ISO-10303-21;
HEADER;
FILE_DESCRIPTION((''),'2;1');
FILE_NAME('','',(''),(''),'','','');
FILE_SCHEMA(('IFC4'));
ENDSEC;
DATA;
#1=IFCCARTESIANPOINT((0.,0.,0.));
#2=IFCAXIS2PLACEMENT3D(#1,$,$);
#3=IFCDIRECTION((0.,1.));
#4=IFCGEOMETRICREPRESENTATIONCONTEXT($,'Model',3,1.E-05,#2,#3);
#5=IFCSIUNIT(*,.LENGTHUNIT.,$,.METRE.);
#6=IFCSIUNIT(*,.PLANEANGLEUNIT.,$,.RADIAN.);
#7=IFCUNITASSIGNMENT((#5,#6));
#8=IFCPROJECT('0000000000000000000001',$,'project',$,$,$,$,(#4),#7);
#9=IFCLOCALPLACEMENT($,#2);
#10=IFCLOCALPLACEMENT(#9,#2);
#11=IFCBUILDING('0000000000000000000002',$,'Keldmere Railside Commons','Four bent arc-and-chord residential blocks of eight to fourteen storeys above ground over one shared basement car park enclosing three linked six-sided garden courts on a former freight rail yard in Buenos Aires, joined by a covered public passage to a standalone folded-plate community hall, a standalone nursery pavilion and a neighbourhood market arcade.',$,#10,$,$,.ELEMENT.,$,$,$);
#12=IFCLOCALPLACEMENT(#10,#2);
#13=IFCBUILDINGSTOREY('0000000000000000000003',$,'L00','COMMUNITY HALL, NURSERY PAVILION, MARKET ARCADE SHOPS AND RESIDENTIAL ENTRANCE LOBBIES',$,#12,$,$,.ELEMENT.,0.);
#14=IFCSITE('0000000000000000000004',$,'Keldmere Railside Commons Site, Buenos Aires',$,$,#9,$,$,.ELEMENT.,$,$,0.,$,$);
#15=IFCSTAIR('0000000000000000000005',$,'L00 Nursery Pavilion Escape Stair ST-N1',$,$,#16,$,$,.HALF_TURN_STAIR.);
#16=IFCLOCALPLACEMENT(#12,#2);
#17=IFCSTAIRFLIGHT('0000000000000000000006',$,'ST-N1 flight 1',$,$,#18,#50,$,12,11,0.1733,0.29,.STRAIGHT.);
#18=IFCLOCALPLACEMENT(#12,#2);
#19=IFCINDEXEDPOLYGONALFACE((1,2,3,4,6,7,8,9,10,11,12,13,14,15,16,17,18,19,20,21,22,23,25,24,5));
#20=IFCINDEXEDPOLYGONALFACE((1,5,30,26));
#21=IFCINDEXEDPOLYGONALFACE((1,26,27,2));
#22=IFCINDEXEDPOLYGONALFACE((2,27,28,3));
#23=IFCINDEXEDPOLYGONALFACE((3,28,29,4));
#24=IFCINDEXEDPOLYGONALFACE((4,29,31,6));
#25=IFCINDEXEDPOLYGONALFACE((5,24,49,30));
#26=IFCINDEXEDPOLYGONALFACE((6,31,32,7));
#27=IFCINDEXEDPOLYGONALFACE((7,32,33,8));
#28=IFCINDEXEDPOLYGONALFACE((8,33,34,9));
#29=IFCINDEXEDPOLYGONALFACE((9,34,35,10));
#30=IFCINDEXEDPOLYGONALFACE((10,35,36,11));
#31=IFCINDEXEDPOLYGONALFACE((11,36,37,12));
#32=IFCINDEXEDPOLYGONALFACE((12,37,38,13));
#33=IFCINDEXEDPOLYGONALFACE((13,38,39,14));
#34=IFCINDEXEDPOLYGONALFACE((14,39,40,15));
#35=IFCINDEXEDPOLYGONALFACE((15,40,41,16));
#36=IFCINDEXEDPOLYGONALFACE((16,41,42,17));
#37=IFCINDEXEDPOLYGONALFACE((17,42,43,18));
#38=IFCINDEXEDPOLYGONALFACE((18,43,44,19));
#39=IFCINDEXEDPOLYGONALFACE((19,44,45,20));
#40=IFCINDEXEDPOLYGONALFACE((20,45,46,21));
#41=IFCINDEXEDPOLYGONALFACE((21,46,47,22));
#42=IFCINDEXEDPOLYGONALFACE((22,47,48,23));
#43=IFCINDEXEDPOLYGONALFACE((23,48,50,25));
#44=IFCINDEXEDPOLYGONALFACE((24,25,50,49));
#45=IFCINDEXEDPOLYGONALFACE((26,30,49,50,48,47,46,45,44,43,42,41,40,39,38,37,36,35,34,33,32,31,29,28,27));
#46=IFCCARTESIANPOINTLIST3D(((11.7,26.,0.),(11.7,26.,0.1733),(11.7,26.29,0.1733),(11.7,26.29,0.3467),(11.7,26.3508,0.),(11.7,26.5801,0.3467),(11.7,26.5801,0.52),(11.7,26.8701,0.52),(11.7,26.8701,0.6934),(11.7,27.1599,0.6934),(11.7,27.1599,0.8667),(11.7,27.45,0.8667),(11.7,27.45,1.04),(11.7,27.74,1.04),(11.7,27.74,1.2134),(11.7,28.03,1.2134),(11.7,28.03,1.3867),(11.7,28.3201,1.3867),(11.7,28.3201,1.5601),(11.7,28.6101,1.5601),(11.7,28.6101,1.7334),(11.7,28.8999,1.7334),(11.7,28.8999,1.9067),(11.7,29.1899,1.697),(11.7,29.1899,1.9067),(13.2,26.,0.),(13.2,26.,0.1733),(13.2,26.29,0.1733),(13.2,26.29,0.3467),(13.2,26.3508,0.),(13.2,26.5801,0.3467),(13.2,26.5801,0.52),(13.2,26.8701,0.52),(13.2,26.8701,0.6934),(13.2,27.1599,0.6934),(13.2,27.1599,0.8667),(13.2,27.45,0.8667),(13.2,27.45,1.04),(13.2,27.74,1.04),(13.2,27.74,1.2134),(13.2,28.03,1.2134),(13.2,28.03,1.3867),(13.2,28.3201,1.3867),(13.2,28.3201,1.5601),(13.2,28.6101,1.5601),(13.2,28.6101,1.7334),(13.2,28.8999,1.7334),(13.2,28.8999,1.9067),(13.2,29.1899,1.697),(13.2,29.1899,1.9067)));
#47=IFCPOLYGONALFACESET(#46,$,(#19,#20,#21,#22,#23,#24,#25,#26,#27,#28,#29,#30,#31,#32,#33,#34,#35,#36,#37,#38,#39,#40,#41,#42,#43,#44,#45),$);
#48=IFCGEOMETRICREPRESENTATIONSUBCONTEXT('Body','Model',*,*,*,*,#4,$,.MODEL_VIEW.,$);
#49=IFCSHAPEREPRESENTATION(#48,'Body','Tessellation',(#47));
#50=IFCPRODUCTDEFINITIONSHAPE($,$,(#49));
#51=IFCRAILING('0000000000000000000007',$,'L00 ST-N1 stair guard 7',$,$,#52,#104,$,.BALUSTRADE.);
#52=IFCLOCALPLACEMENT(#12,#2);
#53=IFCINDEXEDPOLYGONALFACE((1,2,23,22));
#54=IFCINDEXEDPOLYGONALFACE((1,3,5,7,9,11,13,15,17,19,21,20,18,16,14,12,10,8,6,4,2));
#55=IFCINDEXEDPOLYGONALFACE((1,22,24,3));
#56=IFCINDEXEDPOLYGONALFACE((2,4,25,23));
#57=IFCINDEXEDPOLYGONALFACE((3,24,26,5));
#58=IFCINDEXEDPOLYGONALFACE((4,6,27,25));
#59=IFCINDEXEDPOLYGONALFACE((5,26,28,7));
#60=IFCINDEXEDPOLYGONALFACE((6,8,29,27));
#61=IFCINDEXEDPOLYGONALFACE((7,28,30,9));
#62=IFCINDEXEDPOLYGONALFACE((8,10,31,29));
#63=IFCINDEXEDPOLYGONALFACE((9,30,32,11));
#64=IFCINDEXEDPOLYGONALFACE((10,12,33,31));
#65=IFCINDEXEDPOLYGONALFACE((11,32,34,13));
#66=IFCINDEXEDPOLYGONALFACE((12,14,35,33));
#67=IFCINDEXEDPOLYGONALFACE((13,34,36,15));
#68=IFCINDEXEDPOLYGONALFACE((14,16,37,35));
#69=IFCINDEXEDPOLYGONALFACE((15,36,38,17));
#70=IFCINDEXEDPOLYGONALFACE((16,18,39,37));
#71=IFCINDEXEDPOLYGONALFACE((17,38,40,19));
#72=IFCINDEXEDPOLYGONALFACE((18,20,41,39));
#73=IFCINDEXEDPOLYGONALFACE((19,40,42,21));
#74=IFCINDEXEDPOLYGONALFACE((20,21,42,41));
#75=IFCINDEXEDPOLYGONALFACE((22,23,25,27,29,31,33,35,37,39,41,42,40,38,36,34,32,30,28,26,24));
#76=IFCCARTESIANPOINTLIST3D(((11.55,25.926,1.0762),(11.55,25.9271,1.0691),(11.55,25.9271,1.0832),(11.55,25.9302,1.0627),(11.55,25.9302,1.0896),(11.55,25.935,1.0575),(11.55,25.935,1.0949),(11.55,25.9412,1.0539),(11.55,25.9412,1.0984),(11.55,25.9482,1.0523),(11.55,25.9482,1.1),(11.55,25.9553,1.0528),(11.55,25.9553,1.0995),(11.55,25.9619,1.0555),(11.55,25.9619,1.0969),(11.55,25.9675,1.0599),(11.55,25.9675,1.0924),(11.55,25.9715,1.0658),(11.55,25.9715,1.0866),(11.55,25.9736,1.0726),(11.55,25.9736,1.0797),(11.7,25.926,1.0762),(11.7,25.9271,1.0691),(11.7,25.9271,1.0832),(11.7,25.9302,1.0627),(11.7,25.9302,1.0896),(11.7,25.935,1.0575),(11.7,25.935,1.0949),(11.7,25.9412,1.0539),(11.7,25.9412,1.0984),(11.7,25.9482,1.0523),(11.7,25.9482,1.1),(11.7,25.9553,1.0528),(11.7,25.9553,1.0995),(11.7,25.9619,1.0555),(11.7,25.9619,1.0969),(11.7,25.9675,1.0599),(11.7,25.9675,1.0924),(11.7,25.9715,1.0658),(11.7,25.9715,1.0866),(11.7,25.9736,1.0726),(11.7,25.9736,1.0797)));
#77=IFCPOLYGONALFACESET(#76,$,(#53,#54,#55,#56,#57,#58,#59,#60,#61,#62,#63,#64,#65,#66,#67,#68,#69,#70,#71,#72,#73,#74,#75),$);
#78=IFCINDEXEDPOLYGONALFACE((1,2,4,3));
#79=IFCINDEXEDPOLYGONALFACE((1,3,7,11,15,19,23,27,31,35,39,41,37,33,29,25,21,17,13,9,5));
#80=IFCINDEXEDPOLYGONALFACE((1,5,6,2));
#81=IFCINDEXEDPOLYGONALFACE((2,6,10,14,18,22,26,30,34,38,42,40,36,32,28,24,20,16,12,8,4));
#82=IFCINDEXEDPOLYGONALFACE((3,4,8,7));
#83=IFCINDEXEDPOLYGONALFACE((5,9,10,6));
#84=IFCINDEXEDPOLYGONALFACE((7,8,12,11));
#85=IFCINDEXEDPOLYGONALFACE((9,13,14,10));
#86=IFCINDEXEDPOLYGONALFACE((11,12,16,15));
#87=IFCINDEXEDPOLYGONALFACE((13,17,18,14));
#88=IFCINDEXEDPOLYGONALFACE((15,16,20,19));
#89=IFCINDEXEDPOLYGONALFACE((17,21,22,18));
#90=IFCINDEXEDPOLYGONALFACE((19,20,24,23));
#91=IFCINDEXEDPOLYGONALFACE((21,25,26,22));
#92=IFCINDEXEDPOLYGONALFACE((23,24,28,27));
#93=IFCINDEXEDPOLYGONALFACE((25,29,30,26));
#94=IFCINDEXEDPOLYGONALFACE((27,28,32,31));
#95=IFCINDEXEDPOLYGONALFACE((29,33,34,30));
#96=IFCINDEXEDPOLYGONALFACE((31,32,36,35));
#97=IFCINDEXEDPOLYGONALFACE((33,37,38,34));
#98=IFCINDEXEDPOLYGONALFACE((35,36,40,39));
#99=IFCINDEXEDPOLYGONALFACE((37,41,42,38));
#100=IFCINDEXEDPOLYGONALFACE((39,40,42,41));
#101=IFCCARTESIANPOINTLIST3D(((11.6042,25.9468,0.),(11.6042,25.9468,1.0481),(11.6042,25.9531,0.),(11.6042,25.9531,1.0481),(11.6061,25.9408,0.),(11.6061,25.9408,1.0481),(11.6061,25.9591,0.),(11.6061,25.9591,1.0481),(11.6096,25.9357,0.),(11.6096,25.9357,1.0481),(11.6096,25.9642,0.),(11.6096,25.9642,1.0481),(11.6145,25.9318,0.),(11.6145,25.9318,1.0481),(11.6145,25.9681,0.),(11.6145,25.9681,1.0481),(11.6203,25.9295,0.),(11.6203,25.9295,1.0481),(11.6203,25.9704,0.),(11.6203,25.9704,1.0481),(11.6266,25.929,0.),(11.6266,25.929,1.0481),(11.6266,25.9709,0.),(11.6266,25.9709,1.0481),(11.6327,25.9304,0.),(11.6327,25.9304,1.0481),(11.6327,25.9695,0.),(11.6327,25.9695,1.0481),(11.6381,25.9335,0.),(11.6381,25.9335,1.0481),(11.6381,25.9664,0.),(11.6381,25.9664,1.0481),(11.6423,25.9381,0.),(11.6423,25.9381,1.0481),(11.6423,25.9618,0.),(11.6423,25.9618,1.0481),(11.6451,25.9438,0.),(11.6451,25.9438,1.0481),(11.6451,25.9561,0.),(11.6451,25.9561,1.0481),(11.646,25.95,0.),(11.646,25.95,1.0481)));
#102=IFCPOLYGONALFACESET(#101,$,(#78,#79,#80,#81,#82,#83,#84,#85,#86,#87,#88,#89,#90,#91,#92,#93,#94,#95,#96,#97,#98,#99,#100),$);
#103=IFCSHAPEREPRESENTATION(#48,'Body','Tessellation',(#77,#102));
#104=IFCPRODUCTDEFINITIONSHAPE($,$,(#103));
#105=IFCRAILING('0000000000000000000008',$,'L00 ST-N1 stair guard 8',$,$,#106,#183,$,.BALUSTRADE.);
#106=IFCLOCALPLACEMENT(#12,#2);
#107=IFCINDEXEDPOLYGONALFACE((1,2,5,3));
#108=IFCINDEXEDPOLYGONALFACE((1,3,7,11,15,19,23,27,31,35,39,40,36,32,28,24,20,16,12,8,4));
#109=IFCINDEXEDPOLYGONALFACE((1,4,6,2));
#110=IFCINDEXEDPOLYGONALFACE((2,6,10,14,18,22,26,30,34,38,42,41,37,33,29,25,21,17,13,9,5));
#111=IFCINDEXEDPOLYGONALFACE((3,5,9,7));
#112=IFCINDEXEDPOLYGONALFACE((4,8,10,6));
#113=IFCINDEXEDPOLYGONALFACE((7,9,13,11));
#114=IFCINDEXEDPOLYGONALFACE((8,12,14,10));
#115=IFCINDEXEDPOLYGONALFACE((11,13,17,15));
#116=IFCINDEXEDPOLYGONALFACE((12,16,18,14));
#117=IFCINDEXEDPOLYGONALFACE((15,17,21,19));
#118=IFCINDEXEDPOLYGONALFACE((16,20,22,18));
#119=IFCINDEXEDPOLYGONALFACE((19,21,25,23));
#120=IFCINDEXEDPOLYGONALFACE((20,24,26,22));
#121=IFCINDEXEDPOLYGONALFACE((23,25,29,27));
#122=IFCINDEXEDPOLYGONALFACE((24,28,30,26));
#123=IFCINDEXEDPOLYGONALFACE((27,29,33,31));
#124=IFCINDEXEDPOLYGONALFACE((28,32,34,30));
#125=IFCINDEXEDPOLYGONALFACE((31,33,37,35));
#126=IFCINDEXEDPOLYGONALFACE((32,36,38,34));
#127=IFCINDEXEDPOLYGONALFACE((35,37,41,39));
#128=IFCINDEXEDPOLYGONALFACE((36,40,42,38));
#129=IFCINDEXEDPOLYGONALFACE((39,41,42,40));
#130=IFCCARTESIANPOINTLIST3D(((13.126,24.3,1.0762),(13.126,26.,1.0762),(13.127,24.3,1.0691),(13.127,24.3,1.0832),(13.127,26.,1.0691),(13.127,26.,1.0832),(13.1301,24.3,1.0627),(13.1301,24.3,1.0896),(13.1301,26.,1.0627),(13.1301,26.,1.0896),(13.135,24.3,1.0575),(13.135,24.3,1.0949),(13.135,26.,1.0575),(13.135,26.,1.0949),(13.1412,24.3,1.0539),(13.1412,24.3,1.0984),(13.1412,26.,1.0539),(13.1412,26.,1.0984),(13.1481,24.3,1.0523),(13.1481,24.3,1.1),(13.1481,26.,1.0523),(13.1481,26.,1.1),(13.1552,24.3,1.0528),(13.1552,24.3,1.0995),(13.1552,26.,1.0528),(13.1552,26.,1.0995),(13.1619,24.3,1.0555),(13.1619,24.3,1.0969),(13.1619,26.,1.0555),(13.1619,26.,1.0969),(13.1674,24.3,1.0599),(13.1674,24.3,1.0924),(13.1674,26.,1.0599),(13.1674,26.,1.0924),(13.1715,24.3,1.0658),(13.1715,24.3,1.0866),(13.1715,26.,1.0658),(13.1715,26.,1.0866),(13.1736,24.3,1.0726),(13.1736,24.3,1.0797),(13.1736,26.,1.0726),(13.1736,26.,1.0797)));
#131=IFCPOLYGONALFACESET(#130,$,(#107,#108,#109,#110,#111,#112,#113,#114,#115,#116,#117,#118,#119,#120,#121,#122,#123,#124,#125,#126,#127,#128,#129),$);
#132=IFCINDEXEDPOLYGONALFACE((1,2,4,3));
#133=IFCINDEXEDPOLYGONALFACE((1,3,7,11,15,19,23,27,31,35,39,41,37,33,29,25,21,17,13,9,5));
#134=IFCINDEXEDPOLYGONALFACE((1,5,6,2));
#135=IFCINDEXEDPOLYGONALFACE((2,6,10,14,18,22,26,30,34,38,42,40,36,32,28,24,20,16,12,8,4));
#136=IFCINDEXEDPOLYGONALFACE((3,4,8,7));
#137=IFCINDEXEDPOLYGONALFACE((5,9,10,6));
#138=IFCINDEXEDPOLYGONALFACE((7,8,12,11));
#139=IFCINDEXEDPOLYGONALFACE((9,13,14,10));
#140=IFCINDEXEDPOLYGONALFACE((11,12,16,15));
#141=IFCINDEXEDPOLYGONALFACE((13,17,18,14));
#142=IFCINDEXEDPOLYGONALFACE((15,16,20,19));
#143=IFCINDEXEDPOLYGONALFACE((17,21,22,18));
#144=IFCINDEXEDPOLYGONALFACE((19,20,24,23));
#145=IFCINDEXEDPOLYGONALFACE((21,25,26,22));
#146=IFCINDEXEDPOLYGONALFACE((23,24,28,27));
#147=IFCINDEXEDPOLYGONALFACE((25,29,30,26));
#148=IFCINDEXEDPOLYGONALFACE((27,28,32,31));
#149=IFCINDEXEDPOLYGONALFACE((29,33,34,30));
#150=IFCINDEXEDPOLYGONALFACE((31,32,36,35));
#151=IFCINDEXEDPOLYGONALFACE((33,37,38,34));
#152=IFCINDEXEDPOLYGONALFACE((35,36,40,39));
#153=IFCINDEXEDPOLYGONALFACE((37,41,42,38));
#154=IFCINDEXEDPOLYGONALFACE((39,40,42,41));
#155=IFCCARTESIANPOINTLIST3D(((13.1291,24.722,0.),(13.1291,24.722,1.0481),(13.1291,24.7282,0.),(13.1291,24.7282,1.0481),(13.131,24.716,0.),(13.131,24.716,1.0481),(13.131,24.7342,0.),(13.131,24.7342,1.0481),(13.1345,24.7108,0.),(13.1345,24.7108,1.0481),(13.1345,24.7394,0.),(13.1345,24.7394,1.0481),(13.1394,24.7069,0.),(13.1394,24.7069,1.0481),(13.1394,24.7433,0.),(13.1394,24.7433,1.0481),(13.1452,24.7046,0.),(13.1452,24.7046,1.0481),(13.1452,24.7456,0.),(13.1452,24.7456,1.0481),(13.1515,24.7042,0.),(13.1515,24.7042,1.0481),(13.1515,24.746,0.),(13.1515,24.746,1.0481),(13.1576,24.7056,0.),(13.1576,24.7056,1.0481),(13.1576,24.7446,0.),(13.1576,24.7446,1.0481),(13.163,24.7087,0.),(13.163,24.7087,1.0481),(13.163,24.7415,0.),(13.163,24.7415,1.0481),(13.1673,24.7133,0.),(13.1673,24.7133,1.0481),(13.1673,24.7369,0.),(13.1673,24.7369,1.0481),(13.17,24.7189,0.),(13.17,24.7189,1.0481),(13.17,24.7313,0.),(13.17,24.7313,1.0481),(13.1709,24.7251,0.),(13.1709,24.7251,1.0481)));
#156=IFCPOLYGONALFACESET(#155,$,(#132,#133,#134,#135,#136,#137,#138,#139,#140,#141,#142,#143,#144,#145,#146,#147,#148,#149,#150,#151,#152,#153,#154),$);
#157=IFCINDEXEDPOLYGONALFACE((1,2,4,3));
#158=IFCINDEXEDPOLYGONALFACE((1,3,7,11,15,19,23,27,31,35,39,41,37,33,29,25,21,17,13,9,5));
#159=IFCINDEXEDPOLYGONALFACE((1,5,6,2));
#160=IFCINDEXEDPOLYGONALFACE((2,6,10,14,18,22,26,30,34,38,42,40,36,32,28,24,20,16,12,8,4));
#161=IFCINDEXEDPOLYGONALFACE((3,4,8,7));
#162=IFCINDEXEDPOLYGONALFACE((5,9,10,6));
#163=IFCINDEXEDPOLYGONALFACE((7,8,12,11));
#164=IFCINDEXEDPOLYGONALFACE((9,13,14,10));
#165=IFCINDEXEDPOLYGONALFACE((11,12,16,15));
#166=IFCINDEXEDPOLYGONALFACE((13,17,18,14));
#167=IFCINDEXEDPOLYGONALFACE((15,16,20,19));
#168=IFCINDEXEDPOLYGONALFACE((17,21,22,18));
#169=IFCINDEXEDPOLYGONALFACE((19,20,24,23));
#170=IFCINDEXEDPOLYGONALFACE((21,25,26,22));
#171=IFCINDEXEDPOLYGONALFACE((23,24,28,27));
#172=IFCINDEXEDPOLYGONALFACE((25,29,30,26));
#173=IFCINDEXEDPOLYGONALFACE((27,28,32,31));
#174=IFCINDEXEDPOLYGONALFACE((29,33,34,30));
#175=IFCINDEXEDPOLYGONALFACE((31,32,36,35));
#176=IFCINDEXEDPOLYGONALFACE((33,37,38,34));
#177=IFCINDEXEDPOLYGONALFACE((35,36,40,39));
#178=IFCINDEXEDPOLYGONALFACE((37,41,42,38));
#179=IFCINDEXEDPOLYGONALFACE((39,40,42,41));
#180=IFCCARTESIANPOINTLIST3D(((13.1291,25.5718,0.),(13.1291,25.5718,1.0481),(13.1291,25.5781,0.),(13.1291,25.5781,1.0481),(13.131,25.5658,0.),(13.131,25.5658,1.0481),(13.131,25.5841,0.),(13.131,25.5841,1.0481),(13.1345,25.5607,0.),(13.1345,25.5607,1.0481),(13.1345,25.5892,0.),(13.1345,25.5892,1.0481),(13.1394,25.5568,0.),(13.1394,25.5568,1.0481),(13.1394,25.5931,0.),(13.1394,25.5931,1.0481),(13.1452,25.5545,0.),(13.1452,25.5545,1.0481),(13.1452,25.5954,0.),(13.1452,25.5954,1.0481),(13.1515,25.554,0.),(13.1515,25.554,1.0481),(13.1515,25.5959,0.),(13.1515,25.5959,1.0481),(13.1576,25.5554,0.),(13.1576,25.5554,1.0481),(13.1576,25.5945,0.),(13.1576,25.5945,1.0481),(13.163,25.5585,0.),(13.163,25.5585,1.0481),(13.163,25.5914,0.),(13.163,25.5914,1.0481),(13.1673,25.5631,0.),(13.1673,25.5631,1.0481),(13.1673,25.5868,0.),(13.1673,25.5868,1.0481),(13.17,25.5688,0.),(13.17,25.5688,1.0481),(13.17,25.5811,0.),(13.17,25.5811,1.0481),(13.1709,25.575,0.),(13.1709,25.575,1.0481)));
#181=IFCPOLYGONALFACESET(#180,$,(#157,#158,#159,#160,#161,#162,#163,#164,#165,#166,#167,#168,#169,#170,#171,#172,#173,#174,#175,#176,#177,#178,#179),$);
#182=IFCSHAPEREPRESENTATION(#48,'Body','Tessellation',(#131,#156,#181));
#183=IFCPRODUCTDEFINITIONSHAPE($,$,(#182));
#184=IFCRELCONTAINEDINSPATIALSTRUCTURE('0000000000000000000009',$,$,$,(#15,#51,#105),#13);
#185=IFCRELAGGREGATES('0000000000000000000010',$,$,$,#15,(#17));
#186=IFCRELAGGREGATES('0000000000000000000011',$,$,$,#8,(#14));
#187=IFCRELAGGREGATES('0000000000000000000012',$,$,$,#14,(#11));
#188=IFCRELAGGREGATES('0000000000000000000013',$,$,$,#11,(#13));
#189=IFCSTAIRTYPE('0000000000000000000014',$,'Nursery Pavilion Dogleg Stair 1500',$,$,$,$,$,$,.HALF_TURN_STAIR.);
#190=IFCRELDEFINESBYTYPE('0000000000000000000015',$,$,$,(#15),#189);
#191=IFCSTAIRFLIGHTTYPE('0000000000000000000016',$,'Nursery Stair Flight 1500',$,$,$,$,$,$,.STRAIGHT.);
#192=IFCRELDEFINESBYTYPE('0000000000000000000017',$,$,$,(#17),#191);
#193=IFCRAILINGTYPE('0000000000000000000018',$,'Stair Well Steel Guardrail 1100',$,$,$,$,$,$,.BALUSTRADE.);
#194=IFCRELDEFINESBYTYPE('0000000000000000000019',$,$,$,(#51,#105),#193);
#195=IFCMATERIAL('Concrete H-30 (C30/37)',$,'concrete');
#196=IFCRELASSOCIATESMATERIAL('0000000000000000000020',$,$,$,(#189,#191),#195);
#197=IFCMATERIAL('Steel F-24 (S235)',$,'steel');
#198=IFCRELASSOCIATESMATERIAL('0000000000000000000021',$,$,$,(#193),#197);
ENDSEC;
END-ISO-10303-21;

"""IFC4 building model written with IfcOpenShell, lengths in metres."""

from ifc_helpers import new_model, si_unit, direction, frame, origin, origin_2d, place, context, subcontext, project, spatial, polyline, circle, outline, extrude, material, type_object, element, aggregate, save


model = new_model("IFC4")

# Units and contexts
model_context = context("Model", 3, precision=1e-05, world=origin(), true_north=direction((0.0, 1.0)))
body_context = subcontext(model_context, "Body", "Model", "MODEL_VIEW")
ifc_project = project(units=[si_unit("LENGTHUNIT", "METRE"), si_unit("PLANEANGLEUNIT", "RADIAN")], contexts=[model_context])

# Site, building, storey
site_placement = place(None, origin())
site = spatial("IfcSite", under=ifc_project, at=site_placement, Name="Keldmere Railside Commons Site, Buenos Aires", CompositionType="ELEMENT", RefElevation=0.0)
building_placement = place(site_placement, origin())
building = spatial("IfcBuilding", under=site, at=building_placement, Name="Keldmere Railside Commons", Description="Four bent arc-and-chord residential blocks of eight to fourteen storeys above ground over one shared basement car park enclosing three linked six-sided garden courts on a former freight rail yard in Buenos Aires, joined by a covered public passage to a standalone folded-plate community hall, a standalone nursery pavilion and a neighbourhood market arcade.", CompositionType="ELEMENT")
storey_placement = place(building_placement, origin())
storey = spatial("IfcBuildingStorey", under=building, at=storey_placement, Name="L00", Description="COMMUNITY HALL, NURSERY PAVILION, MARKET ARCADE SHOPS AND RESIDENTIAL ENTRANCE LOBBIES", CompositionType="ELEMENT", Elevation=0.0)

# Shared definitions
ifc_material_1 = material(Name="Concrete H-30 (C30/37)", Category="concrete")

# Shared definitions
ifc_material_2 = material(Name="Steel F-24 (S235)", Category="steel")

# Stair, stair flight
stair_type = type_object("IfcStairType", Name="Nursery Pavilion Dogleg Stair 1500", PredefinedType="HALF_TURN_STAIR", material=ifc_material_1)
stair_placement = place(storey_placement, origin())
stair = element("IfcStair", 1, at=stair_placement, inside=storey, type_object=stair_type, Name="L00 Nursery Pavilion Escape Stair ST-N1", PredefinedType="HALF_TURN_STAIR")
stair_flight_type = type_object("IfcStairFlightType", Name="Nursery Stair Flight 1500", PredefinedType="STRAIGHT", material=ifc_material_1)
stair_flight_placement = place(storey_placement, frame((12.45, 26.0, 0.0), z_axis=(0.0, 0.0, 1.0), x_axis=(0.0, 1.0, 0.0)))
stair_flight = element("IfcStairFlight", 2, at=stair_flight_placement, type_object=stair_flight_type, Name="ST-N1 flight 1", NumberOfRisers=12, NumberOfTreads=11, PredefinedType="STRAIGHT", RiserHeight=0.1733, TreadLength=0.29, context=body_context, shape_type="SweptSolid", body=[
    extrude(outline(polyline([(0.0, 0.0), (0.0, 0.1733), (0.29, 0.1733), (0.29, 0.3467), (0.5801, 0.3467), (0.5801, 0.52), (0.8701, 0.52), (0.8701, 0.6934), (1.1599, 0.6934), (1.1599, 0.8667), (1.45, 0.8667), (1.45, 1.04), (1.74, 1.04), (1.74, 1.2134), (2.03, 1.2134), (2.03, 1.3867), (2.3201, 1.3867), (2.3201, 1.5601), (2.6101, 1.5601), (2.6101, 1.7334), (2.8999, 1.7334), (2.8999, 1.9067), (3.1899, 1.9067), (3.1899, 2.0801), (3.1899, 1.697), (0.3508, 0.0), (0.0, 0.0)])), frame((0.0, 0.75, 0.0), z_axis=(0.0, -1.0, 0.0), x_axis=(1.0, 0.0, 0.0)), (0.0, 0.0, 1.0), 1.5),
])
aggregate(stair, [stair_flight])

# Railings
railing_type_1 = type_object("IfcRailingType", Name="Stair Well Steel Guardrail 1100", PredefinedType="BALUSTRADE", material=ifc_material_2)
railing_1_placement = place(storey_placement, frame((11.7, 25.95, 0.0)))
element("IfcRailing", 3, at=railing_1_placement, inside=storey, type_object=railing_type_1, Name="L00 ST-N1 stair guard 7", PredefinedType="BALUSTRADE", context=body_context, shape_type="SweptSolid", body=[
    extrude(circle(Radius=0.0239, at=origin_2d()), frame((0.0, 0.0, 1.0762), z_axis=(-1.0, 0.0, 0.0), x_axis=(0.0, -1.0, 0.0)), (0.0, 0.0, 1.0), 0.1499),
    extrude(circle(Radius=0.021, at=origin_2d()), frame((-0.075, 0.0, 0.0)), (0.0, 0.0, 1.0), 1.0481),
])
for number, where, name in (
    (4, (13.1499, 24.3, 0.0), "L00 ST-N1 stair guard 8"),
):
    element("IfcRailing", number, at=place(storey_placement, frame(where)), inside=storey, type_object=railing_type_1, Name=name, PredefinedType="BALUSTRADE", context=body_context, shape_type="SweptSolid", body=[
        extrude(circle(Radius=0.0239, at=origin_2d()), frame((0.0, 0.0, 1.0762), z_axis=(0.0, 1.0, 0.0), x_axis=(-1.0, 0.0, 0.0)), (0.0, 0.0, 1.0), 1.7),
        extrude(circle(Radius=0.021, at=origin_2d()), frame((0.0, 0.425, 0.0)), (0.0, 0.0, 1.0), 1.0481),
        extrude(circle(Radius=0.021, at=origin_2d()), frame((0.0, 1.2749, 0.0)), (0.0, 0.0, 1.0), 1.0481),
    ])

save(model, "model.ifc")
